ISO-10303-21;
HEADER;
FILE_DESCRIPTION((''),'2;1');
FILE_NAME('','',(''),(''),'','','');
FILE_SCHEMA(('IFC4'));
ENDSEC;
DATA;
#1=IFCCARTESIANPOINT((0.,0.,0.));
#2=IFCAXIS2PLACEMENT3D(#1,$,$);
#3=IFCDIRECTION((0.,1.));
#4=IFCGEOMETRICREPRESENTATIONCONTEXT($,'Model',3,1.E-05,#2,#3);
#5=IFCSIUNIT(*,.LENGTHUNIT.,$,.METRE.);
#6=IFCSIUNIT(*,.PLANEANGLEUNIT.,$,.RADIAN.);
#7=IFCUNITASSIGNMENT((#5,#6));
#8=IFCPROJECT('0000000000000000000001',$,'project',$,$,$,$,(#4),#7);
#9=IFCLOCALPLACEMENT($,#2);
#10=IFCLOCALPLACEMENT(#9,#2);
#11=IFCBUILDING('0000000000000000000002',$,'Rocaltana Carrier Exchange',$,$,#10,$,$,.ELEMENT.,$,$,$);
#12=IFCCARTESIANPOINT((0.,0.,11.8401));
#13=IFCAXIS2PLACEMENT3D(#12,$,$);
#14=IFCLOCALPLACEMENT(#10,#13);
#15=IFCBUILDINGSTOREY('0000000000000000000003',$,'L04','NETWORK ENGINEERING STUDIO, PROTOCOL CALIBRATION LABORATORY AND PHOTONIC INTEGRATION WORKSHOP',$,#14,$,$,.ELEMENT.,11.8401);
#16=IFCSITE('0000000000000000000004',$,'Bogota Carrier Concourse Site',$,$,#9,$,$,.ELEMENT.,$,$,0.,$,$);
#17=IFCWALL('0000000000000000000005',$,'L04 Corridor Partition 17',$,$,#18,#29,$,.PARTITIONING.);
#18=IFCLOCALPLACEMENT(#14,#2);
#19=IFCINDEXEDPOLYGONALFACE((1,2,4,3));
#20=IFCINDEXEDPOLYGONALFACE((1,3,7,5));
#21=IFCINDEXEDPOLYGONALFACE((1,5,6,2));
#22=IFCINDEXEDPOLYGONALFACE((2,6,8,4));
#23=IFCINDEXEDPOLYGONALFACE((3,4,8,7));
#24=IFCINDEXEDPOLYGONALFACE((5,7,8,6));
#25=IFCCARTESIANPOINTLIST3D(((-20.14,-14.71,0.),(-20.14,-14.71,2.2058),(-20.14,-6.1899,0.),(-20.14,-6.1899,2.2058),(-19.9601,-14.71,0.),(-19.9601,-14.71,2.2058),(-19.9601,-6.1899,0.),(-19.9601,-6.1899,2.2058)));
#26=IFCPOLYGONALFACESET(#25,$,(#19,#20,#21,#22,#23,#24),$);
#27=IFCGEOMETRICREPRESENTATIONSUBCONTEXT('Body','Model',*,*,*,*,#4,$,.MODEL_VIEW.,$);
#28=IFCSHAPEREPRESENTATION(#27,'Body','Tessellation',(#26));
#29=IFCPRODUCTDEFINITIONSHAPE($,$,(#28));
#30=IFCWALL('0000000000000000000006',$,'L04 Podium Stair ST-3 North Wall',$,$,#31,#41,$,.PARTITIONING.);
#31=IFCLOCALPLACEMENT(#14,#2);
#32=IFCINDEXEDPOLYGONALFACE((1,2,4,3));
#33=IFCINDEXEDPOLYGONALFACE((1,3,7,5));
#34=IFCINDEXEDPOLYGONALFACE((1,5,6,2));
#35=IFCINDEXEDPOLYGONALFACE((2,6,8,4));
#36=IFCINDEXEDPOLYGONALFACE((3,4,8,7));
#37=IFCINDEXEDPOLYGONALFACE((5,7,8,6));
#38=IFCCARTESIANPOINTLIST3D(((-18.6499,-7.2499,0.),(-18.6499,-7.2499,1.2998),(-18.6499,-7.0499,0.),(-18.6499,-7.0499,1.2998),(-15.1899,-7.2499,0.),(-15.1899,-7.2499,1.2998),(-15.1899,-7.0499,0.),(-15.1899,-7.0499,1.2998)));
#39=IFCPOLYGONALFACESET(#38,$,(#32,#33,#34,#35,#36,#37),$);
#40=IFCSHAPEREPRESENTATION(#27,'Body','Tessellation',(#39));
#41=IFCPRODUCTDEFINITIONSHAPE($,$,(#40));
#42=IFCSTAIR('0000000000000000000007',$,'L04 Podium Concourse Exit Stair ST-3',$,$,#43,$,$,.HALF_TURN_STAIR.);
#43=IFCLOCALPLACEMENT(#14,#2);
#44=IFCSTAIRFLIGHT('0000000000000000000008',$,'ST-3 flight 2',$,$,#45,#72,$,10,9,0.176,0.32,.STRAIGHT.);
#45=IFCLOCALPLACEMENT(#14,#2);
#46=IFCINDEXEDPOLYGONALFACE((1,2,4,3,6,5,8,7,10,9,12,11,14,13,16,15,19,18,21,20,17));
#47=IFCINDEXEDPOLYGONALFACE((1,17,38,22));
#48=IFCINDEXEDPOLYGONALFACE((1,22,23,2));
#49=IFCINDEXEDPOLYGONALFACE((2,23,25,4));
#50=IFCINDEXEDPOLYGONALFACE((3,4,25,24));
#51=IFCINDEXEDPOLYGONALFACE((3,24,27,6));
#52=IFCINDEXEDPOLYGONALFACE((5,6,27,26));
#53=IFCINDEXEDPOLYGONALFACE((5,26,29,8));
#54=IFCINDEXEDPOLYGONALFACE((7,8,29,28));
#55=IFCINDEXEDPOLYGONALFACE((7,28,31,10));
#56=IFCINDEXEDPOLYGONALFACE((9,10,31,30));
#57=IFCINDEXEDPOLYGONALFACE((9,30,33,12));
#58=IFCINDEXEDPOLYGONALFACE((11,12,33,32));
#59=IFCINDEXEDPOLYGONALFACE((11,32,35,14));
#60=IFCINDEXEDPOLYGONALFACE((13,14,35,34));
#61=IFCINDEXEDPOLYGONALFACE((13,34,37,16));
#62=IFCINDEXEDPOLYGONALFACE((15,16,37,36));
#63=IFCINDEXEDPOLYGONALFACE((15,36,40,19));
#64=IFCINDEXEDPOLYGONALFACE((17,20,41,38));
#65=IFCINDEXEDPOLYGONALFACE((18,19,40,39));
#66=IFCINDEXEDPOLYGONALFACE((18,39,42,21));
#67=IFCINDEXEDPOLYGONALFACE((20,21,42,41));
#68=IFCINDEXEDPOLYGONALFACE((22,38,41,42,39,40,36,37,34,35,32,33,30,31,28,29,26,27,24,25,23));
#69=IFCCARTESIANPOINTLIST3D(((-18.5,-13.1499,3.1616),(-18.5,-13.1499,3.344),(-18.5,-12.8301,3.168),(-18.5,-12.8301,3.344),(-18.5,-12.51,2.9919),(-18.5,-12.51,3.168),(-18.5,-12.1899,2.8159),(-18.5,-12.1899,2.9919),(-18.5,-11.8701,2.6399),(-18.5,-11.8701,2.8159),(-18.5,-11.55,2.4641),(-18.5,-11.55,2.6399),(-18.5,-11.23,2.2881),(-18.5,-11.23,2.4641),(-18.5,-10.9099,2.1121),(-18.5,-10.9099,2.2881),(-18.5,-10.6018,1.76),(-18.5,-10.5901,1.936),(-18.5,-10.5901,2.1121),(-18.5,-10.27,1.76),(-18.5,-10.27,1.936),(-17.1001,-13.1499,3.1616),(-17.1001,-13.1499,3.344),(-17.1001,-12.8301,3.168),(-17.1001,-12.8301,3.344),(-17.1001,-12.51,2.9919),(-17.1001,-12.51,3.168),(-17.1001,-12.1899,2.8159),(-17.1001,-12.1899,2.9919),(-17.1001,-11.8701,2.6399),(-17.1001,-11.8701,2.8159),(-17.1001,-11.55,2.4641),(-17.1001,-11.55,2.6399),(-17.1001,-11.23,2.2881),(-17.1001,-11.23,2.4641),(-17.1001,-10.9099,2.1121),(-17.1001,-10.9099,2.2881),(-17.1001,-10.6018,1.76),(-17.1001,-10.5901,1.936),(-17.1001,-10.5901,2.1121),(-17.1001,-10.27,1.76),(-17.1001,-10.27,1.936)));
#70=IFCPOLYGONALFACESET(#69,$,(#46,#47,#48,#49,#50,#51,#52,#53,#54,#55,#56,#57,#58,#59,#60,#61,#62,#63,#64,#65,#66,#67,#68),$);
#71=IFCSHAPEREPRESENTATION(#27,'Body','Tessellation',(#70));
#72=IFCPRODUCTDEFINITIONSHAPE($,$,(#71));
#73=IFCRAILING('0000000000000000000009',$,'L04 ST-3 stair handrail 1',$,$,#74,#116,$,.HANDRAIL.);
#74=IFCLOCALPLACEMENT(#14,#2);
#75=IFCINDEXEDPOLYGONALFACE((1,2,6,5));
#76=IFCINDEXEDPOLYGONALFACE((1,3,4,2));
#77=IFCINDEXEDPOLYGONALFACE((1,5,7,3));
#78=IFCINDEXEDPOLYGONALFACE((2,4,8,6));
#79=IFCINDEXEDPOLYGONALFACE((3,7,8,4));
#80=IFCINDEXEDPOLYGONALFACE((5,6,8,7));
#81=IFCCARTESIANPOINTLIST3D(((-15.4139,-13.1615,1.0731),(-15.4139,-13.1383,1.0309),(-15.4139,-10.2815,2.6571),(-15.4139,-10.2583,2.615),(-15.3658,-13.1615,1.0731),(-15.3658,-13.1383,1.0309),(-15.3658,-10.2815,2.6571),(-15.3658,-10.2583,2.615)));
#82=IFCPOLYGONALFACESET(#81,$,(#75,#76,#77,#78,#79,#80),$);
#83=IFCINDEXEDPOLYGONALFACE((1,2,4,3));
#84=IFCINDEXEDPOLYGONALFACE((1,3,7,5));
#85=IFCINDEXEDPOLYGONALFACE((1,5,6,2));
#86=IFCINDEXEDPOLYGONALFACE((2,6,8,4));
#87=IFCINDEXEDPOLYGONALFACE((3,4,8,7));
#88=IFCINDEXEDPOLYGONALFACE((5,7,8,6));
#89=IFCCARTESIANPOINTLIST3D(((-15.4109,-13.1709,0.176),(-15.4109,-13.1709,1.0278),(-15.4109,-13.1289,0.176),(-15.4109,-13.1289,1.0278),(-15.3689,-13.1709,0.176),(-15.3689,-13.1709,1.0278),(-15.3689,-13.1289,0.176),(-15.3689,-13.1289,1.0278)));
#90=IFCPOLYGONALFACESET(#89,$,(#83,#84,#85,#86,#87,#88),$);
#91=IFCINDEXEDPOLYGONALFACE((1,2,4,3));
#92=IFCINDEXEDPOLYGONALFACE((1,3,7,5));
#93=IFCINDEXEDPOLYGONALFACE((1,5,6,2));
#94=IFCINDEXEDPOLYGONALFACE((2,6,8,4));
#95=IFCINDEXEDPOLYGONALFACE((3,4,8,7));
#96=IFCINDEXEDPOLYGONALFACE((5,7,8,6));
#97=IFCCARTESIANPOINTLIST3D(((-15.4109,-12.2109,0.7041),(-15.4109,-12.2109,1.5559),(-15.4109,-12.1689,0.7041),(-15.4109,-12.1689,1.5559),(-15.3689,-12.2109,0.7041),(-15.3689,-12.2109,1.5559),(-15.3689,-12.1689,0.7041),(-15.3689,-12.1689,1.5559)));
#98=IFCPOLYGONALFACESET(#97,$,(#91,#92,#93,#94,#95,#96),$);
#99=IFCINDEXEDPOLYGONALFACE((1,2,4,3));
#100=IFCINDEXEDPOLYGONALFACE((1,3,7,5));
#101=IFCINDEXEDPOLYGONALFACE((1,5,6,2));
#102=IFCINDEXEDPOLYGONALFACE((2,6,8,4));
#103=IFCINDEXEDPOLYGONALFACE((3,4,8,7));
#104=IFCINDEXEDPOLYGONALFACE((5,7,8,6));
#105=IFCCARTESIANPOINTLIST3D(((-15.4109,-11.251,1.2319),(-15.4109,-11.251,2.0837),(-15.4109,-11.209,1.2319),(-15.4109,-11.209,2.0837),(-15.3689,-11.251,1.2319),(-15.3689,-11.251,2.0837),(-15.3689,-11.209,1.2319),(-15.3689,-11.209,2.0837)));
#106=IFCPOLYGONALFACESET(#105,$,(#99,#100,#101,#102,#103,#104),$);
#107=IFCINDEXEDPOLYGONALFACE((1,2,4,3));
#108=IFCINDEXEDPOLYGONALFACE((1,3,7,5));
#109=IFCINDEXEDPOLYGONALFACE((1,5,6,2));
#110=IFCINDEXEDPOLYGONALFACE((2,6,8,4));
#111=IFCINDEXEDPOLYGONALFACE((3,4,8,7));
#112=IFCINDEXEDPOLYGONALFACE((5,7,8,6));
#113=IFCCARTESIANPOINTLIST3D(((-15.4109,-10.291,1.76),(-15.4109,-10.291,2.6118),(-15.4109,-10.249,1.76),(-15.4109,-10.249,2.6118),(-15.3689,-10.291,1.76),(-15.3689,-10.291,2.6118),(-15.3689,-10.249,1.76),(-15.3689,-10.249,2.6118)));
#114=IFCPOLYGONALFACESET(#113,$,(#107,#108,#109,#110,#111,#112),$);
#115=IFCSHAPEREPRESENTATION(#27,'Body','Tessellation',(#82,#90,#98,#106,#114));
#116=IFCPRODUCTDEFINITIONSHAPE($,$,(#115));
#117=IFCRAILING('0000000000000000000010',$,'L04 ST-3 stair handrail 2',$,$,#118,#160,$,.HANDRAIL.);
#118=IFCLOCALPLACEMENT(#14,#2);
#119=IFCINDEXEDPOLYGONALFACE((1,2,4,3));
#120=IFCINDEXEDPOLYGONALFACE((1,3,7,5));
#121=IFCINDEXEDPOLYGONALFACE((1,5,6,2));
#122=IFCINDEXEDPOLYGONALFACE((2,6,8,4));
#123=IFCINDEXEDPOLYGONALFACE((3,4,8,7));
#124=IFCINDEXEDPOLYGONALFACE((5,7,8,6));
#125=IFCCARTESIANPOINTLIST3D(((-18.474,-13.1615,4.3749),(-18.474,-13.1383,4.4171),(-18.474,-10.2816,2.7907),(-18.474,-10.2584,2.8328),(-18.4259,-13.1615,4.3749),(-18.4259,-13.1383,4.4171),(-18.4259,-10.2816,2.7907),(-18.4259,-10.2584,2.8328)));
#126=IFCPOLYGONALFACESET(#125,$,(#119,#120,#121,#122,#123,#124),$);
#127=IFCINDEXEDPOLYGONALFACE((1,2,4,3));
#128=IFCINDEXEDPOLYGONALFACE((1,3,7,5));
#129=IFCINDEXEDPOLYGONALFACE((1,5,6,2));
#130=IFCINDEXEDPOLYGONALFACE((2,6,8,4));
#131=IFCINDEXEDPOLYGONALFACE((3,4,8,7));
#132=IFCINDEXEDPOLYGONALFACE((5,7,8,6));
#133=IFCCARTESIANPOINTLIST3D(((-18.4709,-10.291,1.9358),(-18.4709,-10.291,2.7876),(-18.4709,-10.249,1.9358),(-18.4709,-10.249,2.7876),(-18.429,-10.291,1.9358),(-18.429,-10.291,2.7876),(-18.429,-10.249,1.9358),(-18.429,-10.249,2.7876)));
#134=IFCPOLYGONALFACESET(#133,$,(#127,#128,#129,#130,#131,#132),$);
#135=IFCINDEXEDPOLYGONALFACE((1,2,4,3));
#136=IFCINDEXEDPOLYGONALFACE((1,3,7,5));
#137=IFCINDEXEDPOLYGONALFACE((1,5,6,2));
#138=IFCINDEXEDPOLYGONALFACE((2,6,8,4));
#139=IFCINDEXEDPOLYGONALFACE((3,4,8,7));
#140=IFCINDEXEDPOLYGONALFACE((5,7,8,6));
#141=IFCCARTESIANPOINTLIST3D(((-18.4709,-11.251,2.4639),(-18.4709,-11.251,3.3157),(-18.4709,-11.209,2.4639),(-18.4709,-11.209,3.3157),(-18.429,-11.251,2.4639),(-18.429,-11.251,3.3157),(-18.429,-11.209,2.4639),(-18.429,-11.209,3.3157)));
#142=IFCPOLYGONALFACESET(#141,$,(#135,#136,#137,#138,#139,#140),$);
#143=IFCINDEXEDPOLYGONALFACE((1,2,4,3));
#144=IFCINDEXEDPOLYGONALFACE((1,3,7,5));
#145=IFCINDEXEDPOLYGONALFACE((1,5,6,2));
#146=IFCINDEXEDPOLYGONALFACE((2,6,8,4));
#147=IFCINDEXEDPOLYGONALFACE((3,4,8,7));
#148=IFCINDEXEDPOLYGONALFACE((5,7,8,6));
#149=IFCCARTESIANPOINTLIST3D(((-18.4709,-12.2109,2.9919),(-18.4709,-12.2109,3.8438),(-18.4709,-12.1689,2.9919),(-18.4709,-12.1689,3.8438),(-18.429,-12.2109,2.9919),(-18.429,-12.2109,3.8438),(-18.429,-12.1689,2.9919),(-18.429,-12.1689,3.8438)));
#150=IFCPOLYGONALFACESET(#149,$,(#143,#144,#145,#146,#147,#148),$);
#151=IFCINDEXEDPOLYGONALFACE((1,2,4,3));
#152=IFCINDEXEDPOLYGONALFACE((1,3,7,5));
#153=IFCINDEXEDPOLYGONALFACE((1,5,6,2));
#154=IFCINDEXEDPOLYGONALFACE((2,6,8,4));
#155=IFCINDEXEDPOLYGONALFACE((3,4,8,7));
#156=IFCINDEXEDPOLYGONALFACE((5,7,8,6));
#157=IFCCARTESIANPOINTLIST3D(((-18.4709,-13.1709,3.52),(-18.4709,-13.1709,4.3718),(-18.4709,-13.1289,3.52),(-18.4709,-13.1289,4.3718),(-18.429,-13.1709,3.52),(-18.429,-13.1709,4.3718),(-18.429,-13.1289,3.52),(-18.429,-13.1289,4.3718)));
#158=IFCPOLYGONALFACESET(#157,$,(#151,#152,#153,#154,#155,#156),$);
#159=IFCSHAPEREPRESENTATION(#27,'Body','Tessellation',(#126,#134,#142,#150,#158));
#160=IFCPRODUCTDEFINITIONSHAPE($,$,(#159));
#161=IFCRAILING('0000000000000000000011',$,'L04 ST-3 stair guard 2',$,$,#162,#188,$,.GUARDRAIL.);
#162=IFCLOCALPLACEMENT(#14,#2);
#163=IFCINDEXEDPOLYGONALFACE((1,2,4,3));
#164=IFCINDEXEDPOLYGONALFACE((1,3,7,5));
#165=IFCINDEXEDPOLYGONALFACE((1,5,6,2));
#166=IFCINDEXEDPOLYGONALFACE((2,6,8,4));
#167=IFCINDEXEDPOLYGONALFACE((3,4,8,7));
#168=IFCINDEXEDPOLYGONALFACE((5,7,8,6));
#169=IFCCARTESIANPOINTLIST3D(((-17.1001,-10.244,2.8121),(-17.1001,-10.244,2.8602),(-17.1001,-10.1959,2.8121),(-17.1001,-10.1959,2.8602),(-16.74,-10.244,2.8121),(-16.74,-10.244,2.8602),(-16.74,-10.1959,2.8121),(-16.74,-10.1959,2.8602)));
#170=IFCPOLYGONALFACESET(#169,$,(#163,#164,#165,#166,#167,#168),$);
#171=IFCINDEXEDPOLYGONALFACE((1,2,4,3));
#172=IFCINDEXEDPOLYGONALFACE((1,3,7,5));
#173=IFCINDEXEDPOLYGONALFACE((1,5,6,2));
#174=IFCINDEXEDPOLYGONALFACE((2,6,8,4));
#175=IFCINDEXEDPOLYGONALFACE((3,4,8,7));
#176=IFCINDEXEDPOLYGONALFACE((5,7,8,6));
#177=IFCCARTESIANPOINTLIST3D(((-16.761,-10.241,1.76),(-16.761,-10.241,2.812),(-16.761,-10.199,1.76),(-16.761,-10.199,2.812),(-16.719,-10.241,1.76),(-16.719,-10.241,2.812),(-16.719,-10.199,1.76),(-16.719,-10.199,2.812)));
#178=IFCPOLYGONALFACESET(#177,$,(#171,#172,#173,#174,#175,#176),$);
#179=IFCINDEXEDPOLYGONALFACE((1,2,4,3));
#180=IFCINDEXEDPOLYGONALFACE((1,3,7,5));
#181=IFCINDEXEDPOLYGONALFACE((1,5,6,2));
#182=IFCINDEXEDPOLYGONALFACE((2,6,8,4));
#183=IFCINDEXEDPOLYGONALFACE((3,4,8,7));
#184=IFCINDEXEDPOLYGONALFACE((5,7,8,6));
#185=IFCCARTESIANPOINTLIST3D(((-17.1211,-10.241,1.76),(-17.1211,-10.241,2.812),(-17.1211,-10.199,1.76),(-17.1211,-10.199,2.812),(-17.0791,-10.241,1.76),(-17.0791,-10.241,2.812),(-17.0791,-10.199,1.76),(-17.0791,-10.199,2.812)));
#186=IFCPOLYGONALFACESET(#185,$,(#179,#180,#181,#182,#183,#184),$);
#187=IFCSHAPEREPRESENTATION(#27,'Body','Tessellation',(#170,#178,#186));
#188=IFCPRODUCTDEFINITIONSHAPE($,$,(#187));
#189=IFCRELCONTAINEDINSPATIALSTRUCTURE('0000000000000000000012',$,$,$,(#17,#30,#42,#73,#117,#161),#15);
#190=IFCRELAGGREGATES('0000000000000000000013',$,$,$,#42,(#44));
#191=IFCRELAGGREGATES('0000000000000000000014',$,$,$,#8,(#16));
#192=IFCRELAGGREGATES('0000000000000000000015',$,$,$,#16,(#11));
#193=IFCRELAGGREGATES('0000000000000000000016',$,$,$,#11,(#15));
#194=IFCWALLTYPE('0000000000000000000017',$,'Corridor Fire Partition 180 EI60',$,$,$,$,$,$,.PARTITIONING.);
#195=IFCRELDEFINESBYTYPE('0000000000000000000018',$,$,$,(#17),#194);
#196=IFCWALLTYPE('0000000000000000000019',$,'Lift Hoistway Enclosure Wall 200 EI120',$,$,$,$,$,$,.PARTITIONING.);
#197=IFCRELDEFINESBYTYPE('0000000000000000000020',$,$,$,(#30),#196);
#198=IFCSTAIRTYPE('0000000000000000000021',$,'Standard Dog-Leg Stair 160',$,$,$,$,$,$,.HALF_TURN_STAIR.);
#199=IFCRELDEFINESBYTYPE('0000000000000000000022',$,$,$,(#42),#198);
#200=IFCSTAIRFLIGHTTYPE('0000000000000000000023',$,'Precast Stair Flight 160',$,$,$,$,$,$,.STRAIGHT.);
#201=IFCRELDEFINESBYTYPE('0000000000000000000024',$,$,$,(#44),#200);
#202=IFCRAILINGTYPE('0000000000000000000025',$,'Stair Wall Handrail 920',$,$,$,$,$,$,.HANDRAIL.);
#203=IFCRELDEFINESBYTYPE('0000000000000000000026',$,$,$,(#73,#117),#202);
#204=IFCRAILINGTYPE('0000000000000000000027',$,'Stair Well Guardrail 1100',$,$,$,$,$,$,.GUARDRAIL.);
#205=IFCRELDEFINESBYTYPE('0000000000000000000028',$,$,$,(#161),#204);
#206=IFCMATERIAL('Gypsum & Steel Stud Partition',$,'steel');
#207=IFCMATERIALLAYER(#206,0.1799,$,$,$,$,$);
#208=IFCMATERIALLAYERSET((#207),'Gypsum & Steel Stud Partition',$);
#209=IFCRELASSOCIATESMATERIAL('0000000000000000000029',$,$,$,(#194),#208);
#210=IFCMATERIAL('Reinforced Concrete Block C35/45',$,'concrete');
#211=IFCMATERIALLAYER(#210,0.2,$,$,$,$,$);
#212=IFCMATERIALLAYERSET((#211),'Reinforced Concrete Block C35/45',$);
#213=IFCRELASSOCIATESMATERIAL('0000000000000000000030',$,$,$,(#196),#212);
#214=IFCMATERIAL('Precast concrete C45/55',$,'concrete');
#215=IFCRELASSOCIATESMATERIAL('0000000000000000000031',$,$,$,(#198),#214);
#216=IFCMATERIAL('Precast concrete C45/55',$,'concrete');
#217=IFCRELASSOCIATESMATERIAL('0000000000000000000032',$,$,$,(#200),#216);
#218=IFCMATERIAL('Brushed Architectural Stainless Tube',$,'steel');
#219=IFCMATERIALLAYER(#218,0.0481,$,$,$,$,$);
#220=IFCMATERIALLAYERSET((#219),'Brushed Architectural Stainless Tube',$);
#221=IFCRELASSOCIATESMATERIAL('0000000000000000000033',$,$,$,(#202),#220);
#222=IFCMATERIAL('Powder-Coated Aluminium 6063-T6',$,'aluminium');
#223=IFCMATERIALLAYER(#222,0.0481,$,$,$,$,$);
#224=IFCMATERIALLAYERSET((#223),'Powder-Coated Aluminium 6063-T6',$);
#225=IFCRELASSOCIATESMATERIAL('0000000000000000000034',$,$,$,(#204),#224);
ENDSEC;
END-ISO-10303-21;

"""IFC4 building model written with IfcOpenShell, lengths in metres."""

from ifc_helpers import new_model, si_unit, direction, frame, frame_2d, origin, origin_2d, place, context, subcontext, project, spatial, polyline, rectangle, outline, extrude, material, layer, layer_set, type_object, element, aggregate, save


model = new_model("IFC4")

# Units and contexts
model_context = context("Model", 3, precision=1e-05, world=origin(), true_north=direction((0.0, 1.0)))
body_context = subcontext(model_context, "Body", "Model", "MODEL_VIEW")
ifc_project = project(units=[si_unit("LENGTHUNIT", "METRE"), si_unit("PLANEANGLEUNIT", "RADIAN")], contexts=[model_context])

# Site, building, storey
site_placement = place(None, origin())
site = spatial("IfcSite", under=ifc_project, at=site_placement, Name="Bogota Carrier Concourse Site", CompositionType="ELEMENT", RefElevation=0.0)
building_placement = place(site_placement, origin())
building = spatial("IfcBuilding", under=site, at=building_placement, Name="Rocaltana Carrier Exchange", CompositionType="ELEMENT")
storey_placement = place(building_placement, frame((0.0, 0.0, 11.8401)))
storey = spatial("IfcBuildingStorey", under=building, at=storey_placement, Name="L04", Description="NETWORK ENGINEERING STUDIO, PROTOCOL CALIBRATION LABORATORY AND PHOTONIC INTEGRATION WORKSHOP", CompositionType="ELEMENT", Elevation=11.8401)

# Walls
ifc_material_1 = material(Name="Gypsum & Steel Stud Partition", Category="steel")
ifc_layer_1 = layer(ifc_material_1, 0.1799)
ifc_layer_set_1 = layer_set([ifc_layer_1], Name="Gypsum & Steel Stud Partition")
wall_type_1 = type_object("IfcWallType", Name="Corridor Fire Partition 180 EI60", PredefinedType="PARTITIONING", material=ifc_layer_set_1)
wall_1_placement = place(storey_placement, frame((-20.05, -6.1899, 0.0), z_axis=(0.0, 0.0, 1.0), x_axis=(0.0, -1.0, 0.0)))
element("IfcWall", 1, at=wall_1_placement, inside=storey, type_object=wall_type_1, Name="L04 Corridor Partition 17", PredefinedType="PARTITIONING", context=body_context, shape_type="SweptSolid", body=[
    extrude(rectangle(XDim=8.52, YDim=0.1799, at=frame_2d((4.26, 0.0))), origin(), (0.0, 0.0, 1.0), 2.2058),
])
ifc_material_2 = material(Name="Reinforced Concrete Block C35/45", Category="concrete")
ifc_layer_2 = layer(ifc_material_2, 0.2)
ifc_layer_set_2 = layer_set([ifc_layer_2], Name="Reinforced Concrete Block C35/45")
wall_type_2 = type_object("IfcWallType", Name="Lift Hoistway Enclosure Wall 200 EI120", PredefinedType="PARTITIONING", material=ifc_layer_set_2)
wall_2_placement = place(storey_placement, frame((-18.6499, -7.1499, 0.0), z_axis=(0.0, 0.0, 1.0), x_axis=(1.0, 0.0, 0.0)))
element("IfcWall", 2, at=wall_2_placement, inside=storey, type_object=wall_type_2, Name="L04 Podium Stair ST-3 North Wall", PredefinedType="PARTITIONING", context=body_context, shape_type="SweptSolid", body=[
    extrude(rectangle(XDim=3.46, YDim=0.2, at=frame_2d((1.73, 0.0))), origin(), (0.0, 0.0, 1.0), 1.2998),
])

# Stair, stair flight
ifc_material_3 = material(Name="Precast concrete C45/55", Category="concrete")
stair_type = type_object("IfcStairType", Name="Standard Dog-Leg Stair 160", PredefinedType="HALF_TURN_STAIR", material=ifc_material_3)
stair_placement = place(storey_placement, origin())
stair = element("IfcStair", 3, at=stair_placement, inside=storey, type_object=stair_type, Name="L04 Podium Concourse Exit Stair ST-3", PredefinedType="HALF_TURN_STAIR")
ifc_material_4 = material(Name="Precast concrete C45/55", Category="concrete")
stair_flight_type = type_object("IfcStairFlightType", Name="Precast Stair Flight 160", PredefinedType="STRAIGHT", material=ifc_material_4)
stair_flight_placement = place(storey_placement, frame((-17.8, -10.27, 1.76), z_axis=(0.0, 0.0, 1.0), x_axis=(0.0, -1.0, 0.0)))
stair_flight = element("IfcStairFlight", 4, at=stair_flight_placement, type_object=stair_flight_type, Name="ST-3 flight 2", NumberOfRisers=10, NumberOfTreads=9, PredefinedType="STRAIGHT", RiserHeight=0.176, TreadLength=0.32, context=body_context, shape_type="SweptSolid", body=[
    extrude(outline(polyline([(0.0, 0.0), (0.0, 0.176), (0.3201, 0.176), (0.3201, 0.3521), (0.6399, 0.3521), (0.6399, 0.5281), (0.96, 0.5281), (0.96, 0.7041), (1.28, 0.7041), (1.28, 0.8799), (1.6001, 0.8799), (1.6001, 1.0559), (1.9199, 1.0559), (1.9199, 1.2319), (2.24, 1.2319), (2.24, 1.408), (2.5601, 1.408), (2.5601, 1.584), (2.8799, 1.584), (2.8799, 1.76), (2.8799, 1.4016), (0.3318, 0.0), (0.0, 0.0)])), frame((0.0, 0.7, 0.0), z_axis=(0.0, -1.0, 0.0), x_axis=(1.0, 0.0, 0.0)), (0.0, 0.0, 1.0), 1.3999),
])
aggregate(stair, [stair_flight])

# Railings
ifc_material_5 = material(Name="Brushed Architectural Stainless Tube", Category="steel")
ifc_layer_3 = layer(ifc_material_5, 0.0481)
ifc_layer_set_3 = layer_set([ifc_layer_3], Name="Brushed Architectural Stainless Tube")
railing_type_1 = type_object("IfcRailingType", Name="Stair Wall Handrail 920", PredefinedType="HANDRAIL", material=ifc_layer_set_3)
railing_1_placement = place(storey_placement, frame((-15.3899, -13.1499, 0.176)))
element("IfcRailing", 5, at=railing_1_placement, inside=storey, type_object=railing_type_1, Name="L04 ST-3 stair handrail 1", PredefinedType="HANDRAIL", context=body_context, shape_type="SweptSolid", body=[
    extrude(rectangle(XDim=0.0481, YDim=0.0481, at=origin_2d()), frame((0.0, 0.0, 0.876), z_axis=(0.0, 0.87621, 0.48193), x_axis=(-1.0, 0.0, 0.0)), (0.0, 0.0, 1.0), 3.2869),
    extrude(rectangle(XDim=0.042, YDim=0.042, at=origin_2d()), origin(), (0.0, 0.0, 1.0), 0.8518),
    extrude(rectangle(XDim=0.042, YDim=0.042, at=origin_2d()), frame((0.0, 0.96, 0.5281)), (0.0, 0.0, 1.0), 0.8518),
    extrude(rectangle(XDim=0.042, YDim=0.042, at=origin_2d()), frame((0.0, 1.9199, 1.0559)), (0.0, 0.0, 1.0), 0.8518),
    extrude(rectangle(XDim=0.042, YDim=0.042, at=origin_2d()), frame((0.0, 2.8799, 1.584)), (0.0, 0.0, 1.0), 0.8518),
])
railing_2_placement = place(storey_placement, frame((-18.45, -10.27, 1.9358)))
element("IfcRailing", 6, at=railing_2_placement, inside=storey, type_object=railing_type_1, Name="L04 ST-3 stair handrail 2", PredefinedType="HANDRAIL", context=body_context, shape_type="SweptSolid", body=[
    extrude(rectangle(XDim=0.0481, YDim=0.0481, at=origin_2d()), frame((0.0, 0.0, 0.876), z_axis=(0.0, -0.876178, 0.481987), x_axis=(1.0, 0.0, 0.0)), (0.0, 0.0, 1.0), 3.2869),
    extrude(rectangle(XDim=0.042, YDim=0.042, at=origin_2d()), origin(), (0.0, 0.0, 1.0), 0.8518),
    extrude(rectangle(XDim=0.042, YDim=0.042, at=origin_2d()), frame((0.0, -0.96, 0.5281)), (0.0, 0.0, 1.0), 0.8518),
    extrude(rectangle(XDim=0.042, YDim=0.042, at=origin_2d()), frame((0.0, -1.9199, 1.0562)), (0.0, 0.0, 1.0), 0.8518),
    extrude(rectangle(XDim=0.042, YDim=0.042, at=origin_2d()), frame((0.0, -2.8799, 1.5842)), (0.0, 0.0, 1.0), 0.8518),
])
ifc_material_6 = material(Name="Powder-Coated Aluminium 6063-T6", Category="aluminium")
ifc_layer_4 = layer(ifc_material_6, 0.0481)
ifc_layer_set_4 = layer_set([ifc_layer_4], Name="Powder-Coated Aluminium 6063-T6")
railing_type_2 = type_object("IfcRailingType", Name="Stair Well Guardrail 1100", PredefinedType="GUARDRAIL", material=ifc_layer_set_4)
railing_3_placement = place(storey_placement, frame((-16.74, -10.22, 1.76)))
element("IfcRailing", 7, at=railing_3_placement, inside=storey, type_object=railing_type_2, Name="L04 ST-3 stair guard 2", PredefinedType="GUARDRAIL", context=body_context, shape_type="SweptSolid", body=[
    extrude(rectangle(XDim=0.0481, YDim=0.0481, at=origin_2d()), frame((0.0, 0.0, 1.0762), z_axis=(-1.0, 0.0, 0.0), x_axis=(0.0, -1.0, 0.0)), (0.0, 0.0, 1.0), 0.3601),
    extrude(rectangle(XDim=0.042, YDim=0.042, at=origin_2d()), origin(), (0.0, 0.0, 1.0), 1.052),
    extrude(rectangle(XDim=0.042, YDim=0.042, at=origin_2d()), frame((-0.3601, 0.0, 0.0)), (0.0, 0.0, 1.0), 1.052),
])

save(model, "model.ifc")
